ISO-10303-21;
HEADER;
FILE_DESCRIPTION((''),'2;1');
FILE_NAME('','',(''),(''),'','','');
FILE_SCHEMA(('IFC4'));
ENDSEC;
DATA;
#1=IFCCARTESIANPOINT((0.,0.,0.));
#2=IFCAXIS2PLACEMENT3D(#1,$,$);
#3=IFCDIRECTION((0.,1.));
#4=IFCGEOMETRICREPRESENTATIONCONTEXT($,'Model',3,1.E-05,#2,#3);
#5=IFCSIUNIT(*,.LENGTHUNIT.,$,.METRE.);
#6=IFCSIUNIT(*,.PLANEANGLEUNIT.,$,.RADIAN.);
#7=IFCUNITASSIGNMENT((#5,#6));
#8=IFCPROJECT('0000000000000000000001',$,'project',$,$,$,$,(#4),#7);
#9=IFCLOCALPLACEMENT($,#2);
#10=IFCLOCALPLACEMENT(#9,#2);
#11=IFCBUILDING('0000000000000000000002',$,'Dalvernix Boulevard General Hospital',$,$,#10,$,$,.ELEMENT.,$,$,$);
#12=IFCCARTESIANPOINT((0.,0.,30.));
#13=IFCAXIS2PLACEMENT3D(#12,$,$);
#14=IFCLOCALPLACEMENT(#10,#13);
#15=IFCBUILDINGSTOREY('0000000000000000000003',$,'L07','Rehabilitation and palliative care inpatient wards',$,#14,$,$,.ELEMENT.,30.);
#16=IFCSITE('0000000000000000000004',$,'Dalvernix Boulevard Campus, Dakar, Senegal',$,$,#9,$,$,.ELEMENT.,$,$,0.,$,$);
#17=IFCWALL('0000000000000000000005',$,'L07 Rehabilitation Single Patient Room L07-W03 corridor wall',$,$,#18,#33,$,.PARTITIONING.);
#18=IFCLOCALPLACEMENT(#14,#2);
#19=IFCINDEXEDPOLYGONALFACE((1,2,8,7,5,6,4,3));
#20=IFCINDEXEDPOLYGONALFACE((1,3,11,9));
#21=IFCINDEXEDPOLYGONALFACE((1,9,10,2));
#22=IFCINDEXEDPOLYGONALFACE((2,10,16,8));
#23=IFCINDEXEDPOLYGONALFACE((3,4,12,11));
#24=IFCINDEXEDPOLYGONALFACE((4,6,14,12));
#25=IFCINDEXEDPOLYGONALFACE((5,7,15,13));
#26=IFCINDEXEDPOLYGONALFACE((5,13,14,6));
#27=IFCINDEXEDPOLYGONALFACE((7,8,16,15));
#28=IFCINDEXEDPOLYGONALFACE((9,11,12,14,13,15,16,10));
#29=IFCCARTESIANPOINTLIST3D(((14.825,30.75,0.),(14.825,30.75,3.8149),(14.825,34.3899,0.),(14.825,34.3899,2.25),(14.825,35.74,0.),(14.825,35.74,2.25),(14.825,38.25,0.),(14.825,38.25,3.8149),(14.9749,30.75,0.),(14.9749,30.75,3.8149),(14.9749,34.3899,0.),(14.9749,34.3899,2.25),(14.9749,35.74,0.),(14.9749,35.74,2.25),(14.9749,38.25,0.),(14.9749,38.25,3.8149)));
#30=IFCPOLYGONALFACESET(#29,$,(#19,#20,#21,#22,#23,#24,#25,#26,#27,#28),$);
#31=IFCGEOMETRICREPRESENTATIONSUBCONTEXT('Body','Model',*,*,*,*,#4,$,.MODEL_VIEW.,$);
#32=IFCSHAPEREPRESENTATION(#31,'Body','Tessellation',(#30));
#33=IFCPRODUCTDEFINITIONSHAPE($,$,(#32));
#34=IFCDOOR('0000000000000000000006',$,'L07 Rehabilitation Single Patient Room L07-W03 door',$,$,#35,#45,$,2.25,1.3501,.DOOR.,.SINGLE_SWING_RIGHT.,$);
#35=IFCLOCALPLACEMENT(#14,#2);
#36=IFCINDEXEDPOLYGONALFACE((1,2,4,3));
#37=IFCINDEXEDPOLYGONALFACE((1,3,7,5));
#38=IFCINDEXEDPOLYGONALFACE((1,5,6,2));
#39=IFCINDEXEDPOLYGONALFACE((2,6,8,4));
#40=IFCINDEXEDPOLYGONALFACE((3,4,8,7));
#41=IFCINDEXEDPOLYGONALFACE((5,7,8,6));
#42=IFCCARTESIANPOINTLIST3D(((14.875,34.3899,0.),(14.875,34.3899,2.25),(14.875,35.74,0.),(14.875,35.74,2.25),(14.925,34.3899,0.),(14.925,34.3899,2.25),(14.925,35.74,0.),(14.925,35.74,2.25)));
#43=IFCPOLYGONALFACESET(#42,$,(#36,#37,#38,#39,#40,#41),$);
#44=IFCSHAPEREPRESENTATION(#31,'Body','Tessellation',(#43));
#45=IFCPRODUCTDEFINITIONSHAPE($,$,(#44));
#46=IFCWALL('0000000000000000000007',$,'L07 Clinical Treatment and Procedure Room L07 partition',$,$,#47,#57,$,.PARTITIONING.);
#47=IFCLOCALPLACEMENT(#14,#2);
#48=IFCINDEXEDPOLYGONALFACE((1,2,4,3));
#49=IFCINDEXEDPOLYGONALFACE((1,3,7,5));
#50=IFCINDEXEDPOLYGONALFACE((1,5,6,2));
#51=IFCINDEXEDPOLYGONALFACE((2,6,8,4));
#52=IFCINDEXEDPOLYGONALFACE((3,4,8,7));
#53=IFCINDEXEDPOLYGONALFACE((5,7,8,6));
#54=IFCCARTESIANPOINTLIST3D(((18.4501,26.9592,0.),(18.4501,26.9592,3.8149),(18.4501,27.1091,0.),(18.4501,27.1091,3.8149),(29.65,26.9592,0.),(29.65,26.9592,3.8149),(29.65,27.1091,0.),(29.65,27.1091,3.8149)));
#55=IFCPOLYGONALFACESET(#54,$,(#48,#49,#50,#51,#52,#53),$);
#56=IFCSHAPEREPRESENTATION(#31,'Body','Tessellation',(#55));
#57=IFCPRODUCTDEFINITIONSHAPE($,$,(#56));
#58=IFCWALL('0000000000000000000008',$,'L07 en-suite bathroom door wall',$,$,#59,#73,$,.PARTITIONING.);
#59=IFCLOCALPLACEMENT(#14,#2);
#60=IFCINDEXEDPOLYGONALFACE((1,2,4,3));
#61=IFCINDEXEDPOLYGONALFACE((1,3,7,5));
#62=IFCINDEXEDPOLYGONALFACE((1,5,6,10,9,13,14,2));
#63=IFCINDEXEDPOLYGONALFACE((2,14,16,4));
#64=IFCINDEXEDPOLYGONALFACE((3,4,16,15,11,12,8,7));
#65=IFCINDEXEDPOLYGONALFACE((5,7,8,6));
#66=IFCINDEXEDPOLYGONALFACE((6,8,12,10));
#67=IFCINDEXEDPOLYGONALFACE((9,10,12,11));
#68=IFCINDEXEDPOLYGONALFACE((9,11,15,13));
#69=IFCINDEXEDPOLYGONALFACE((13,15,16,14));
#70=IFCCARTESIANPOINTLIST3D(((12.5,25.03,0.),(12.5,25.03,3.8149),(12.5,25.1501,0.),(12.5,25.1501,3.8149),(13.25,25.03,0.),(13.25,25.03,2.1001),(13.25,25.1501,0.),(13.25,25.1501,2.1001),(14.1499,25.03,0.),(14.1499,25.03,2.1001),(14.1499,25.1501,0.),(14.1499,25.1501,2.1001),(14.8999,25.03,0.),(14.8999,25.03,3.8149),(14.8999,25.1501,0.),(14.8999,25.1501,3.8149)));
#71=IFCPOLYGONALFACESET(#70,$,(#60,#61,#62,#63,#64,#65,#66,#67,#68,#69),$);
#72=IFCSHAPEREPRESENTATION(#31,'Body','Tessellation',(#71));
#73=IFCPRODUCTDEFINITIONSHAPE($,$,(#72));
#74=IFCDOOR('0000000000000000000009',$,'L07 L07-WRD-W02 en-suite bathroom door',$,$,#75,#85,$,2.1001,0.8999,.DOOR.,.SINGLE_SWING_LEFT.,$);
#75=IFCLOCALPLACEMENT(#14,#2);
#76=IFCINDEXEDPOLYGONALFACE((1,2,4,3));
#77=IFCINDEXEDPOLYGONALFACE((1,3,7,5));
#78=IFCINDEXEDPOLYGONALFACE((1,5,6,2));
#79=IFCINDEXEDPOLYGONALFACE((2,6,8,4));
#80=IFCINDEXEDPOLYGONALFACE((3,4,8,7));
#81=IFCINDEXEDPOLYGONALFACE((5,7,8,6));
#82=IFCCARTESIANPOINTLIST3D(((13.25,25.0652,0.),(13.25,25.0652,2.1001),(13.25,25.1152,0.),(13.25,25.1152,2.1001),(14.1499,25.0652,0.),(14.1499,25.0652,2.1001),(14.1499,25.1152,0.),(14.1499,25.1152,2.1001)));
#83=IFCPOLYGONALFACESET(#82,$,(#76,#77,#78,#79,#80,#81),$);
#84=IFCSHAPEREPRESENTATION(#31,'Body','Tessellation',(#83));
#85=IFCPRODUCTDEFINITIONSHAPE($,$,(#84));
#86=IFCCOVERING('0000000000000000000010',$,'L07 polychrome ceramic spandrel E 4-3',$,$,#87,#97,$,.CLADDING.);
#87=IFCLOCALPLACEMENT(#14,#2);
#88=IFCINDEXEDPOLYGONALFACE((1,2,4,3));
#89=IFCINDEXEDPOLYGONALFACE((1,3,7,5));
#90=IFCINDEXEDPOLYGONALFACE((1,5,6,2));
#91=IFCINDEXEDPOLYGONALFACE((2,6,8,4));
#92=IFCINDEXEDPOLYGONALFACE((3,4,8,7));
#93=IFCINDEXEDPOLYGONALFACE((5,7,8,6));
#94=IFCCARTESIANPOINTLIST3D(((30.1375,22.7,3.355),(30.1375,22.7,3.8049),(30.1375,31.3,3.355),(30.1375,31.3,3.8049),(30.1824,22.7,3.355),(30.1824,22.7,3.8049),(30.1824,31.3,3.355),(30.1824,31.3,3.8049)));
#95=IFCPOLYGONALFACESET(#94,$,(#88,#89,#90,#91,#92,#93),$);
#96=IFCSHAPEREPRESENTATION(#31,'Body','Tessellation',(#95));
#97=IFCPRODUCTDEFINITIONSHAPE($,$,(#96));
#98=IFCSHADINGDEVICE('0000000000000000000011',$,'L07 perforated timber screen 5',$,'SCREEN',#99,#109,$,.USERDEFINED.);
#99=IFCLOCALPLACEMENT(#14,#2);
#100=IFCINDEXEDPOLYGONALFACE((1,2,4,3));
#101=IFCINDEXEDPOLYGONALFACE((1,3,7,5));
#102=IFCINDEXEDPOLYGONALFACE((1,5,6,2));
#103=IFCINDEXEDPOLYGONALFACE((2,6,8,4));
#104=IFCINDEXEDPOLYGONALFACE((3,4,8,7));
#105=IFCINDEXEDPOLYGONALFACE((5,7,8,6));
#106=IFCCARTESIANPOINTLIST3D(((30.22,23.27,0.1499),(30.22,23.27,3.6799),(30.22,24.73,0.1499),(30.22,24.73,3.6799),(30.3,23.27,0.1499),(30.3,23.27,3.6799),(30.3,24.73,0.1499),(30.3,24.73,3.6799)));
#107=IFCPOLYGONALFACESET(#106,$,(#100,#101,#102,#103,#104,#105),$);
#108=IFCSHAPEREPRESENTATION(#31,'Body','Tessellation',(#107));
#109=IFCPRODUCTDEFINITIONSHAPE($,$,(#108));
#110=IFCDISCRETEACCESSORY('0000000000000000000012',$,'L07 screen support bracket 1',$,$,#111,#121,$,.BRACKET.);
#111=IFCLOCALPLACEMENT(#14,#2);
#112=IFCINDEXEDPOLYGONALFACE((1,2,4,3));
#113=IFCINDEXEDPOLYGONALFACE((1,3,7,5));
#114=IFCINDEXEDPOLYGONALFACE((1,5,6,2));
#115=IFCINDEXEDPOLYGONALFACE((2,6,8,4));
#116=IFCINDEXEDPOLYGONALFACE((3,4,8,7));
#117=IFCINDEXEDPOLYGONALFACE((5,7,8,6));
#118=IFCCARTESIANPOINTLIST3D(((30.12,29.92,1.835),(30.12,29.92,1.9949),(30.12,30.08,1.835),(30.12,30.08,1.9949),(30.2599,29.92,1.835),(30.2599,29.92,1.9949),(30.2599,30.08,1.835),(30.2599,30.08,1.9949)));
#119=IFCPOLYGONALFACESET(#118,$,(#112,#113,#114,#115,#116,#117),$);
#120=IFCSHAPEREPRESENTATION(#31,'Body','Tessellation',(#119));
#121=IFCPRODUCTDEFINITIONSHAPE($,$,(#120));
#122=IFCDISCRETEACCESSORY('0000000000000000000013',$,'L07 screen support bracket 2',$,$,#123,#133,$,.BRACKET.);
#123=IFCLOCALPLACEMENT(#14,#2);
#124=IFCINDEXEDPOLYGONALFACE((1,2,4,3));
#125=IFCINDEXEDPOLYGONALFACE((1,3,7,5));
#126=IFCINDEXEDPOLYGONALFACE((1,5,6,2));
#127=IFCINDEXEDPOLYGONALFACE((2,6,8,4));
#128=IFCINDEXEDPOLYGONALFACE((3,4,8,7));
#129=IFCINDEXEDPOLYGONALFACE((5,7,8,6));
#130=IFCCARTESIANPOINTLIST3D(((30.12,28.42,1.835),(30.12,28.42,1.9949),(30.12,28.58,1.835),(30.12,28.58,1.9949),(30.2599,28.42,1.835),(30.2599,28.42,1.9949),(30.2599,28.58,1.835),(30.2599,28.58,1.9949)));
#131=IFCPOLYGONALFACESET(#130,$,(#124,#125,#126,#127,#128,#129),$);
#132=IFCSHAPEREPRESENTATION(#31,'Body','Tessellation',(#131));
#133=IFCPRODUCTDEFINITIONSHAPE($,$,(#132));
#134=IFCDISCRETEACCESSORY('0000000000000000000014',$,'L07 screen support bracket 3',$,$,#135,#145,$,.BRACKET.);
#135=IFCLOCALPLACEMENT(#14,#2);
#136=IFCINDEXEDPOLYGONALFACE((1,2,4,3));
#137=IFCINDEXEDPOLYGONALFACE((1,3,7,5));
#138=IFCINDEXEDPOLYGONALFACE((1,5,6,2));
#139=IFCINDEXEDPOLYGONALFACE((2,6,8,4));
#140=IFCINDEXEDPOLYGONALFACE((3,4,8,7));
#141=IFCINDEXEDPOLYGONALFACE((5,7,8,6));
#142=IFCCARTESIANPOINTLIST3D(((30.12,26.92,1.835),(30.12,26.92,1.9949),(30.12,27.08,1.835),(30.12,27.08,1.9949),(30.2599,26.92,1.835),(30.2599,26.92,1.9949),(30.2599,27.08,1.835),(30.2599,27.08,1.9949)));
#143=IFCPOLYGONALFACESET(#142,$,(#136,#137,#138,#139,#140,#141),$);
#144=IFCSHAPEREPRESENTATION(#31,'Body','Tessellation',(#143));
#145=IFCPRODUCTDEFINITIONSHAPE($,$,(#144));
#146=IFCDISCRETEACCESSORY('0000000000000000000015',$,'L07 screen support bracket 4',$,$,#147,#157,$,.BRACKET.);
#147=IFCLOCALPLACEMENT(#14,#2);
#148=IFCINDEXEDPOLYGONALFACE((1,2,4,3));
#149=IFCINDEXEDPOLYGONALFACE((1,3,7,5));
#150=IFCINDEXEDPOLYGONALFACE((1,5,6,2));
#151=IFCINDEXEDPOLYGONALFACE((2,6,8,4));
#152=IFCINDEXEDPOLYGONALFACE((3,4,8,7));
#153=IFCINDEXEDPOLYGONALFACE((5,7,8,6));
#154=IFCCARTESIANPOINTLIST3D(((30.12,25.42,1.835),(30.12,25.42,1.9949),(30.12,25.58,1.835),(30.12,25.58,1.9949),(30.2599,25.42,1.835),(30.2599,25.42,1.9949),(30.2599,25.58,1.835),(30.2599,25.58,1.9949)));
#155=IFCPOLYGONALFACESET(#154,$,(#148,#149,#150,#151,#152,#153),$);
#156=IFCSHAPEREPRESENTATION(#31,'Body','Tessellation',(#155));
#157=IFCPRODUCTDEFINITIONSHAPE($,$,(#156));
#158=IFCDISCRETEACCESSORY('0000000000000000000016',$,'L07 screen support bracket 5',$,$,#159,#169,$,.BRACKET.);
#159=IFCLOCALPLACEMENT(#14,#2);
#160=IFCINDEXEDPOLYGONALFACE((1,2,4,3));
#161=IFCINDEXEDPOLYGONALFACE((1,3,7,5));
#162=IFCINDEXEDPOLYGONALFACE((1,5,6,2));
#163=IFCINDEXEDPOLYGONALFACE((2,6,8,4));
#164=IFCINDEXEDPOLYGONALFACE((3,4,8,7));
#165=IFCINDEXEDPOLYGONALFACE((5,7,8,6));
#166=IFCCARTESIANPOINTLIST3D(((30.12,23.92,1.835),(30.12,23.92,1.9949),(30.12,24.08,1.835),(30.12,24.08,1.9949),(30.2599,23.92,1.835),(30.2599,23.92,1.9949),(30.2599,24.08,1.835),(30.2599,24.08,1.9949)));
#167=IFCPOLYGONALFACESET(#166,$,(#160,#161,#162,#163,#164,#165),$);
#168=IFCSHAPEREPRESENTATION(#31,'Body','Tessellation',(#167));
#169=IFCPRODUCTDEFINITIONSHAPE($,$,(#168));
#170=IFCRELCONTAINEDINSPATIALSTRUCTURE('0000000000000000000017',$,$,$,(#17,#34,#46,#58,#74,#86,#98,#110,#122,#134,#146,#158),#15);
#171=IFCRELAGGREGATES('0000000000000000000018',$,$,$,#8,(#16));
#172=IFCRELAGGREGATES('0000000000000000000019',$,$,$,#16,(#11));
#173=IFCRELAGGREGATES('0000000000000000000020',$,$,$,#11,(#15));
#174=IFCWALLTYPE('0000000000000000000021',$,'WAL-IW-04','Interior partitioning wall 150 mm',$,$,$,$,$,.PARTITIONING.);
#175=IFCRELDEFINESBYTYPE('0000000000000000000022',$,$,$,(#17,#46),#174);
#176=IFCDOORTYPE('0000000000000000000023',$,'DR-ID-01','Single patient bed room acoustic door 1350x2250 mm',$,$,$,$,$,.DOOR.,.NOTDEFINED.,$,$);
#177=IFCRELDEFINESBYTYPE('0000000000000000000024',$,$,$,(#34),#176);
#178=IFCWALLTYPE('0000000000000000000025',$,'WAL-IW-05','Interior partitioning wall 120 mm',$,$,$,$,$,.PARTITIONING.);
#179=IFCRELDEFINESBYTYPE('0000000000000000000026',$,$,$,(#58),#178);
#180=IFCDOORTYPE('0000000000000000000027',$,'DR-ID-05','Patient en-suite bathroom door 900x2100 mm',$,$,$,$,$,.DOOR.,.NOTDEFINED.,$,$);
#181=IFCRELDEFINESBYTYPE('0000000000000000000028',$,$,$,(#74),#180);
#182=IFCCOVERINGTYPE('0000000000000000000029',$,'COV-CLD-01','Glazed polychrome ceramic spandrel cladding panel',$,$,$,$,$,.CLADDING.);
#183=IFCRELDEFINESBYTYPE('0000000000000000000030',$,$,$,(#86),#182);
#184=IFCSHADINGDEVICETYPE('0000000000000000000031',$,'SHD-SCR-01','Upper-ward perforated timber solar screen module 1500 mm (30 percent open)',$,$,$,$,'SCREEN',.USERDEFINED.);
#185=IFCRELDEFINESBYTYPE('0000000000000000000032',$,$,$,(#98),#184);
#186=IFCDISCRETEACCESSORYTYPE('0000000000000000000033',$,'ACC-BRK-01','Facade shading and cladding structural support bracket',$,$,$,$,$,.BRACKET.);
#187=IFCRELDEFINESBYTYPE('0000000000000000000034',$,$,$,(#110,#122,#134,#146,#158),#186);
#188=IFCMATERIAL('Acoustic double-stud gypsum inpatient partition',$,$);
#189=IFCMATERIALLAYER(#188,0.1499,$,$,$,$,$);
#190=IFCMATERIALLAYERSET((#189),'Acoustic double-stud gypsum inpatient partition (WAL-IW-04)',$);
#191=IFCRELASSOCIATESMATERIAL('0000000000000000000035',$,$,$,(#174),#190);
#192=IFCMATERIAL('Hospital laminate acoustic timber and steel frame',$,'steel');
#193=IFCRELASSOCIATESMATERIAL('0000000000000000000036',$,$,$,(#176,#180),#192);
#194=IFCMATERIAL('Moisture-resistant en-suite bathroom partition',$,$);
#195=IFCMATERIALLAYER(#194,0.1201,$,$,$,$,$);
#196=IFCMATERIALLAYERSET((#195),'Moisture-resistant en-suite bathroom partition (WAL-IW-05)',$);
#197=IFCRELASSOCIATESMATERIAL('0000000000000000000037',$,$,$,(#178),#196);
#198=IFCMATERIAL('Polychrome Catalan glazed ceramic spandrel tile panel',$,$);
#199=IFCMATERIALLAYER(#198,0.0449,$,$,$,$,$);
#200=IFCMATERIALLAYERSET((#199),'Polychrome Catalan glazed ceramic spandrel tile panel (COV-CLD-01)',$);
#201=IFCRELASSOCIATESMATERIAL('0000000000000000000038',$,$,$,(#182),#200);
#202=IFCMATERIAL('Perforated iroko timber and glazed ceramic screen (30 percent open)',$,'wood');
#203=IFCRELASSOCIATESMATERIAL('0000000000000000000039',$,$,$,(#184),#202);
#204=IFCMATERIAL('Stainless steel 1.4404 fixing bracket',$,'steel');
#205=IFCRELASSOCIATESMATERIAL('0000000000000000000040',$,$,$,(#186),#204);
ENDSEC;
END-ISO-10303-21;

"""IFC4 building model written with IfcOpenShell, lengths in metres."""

from ifc_helpers import new_model, si_unit, direction, frame, frame_2d, origin, origin_2d, place, context, subcontext, project, spatial, rectangle, extrude, material, layer, layer_set, type_object, element, fill, save


model = new_model("IFC4")

# Units and contexts
model_context = context("Model", 3, precision=1e-05, world=origin(), true_north=direction((0.0, 1.0)))
body_context = subcontext(model_context, "Body", "Model", "MODEL_VIEW")
ifc_project = project(units=[si_unit("LENGTHUNIT", "METRE"), si_unit("PLANEANGLEUNIT", "RADIAN")], contexts=[model_context])

# Site, building, storey
site_placement = place(None, origin())
site = spatial("IfcSite", under=ifc_project, at=site_placement, Name="Dalvernix Boulevard Campus, Dakar, Senegal", CompositionType="ELEMENT", RefElevation=0.0)
building_placement = place(site_placement, origin())
building = spatial("IfcBuilding", under=site, at=building_placement, Name="Dalvernix Boulevard General Hospital", CompositionType="ELEMENT")
storey_placement = place(building_placement, frame((0.0, 0.0, 30.0)))
storey = spatial("IfcBuildingStorey", under=building, at=storey_placement, Name="L07", Description="Rehabilitation and palliative care inpatient wards", CompositionType="ELEMENT", Elevation=30.0)

# Wall, opening, door
ifc_material_1 = material(Name="Hospital laminate acoustic timber and steel frame", Category="steel")
ifc_material_2 = material(Name="Acoustic double-stud gypsum inpatient partition")
ifc_layer_1 = layer(ifc_material_2, 0.1499)
ifc_layer_set_1 = layer_set([ifc_layer_1], Name="Acoustic double-stud gypsum inpatient partition (WAL-IW-04)")
wall_type_1 = type_object("IfcWallType", Name="WAL-IW-04", Description="Interior partitioning wall 150 mm", PredefinedType="PARTITIONING", material=ifc_layer_set_1)
wall_1_placement = place(storey_placement, frame((14.8999, 30.75, 0.0), z_axis=(0.0, 0.0, 1.0), x_axis=(0.0, 1.0, 0.0)))
wall_1 = element("IfcWall", 1, at=wall_1_placement, inside=storey, type_object=wall_type_1, Name="L07 Rehabilitation Single Patient Room L07-W03 corridor wall", PredefinedType="PARTITIONING", context=body_context, shape_type="SweptSolid", body=[
    extrude(rectangle(XDim=7.5, YDim=0.1499, at=frame_2d((3.75, 0.0))), origin(), (0.0, 0.0, 1.0), 3.8149),
])
opening_1_placement = place(wall_1_placement, frame((3.6399, 0.0, 0.0)))
opening_1 = element("IfcOpeningElement", 2, at=opening_1_placement, cuts=wall_1, PredefinedType="OPENING", context=body_context, shape_type="SweptSolid", body=[
    extrude(rectangle(XDim=1.3501, YDim=2.25, at=frame_2d((0.675, 1.125))), frame((0.0, 0.085, 0.0), z_axis=(0.0, -1.0, 0.0), x_axis=(1.0, 0.0, 0.0)), (0.0, 0.0, 1.0), 0.1699),
])
door_type_1 = type_object("IfcDoorType", Name="DR-ID-01", Description="Single patient bed room acoustic door 1350x2250 mm", OperationType="NOTDEFINED", PredefinedType="DOOR", material=ifc_material_1)
door_1_placement = place(opening_1_placement, origin())
door_1 = element("IfcDoor", 3, at=door_1_placement, inside=storey, type_object=door_type_1, Name="L07 Rehabilitation Single Patient Room L07-W03 door", OperationType="SINGLE_SWING_RIGHT", OverallHeight=2.25, OverallWidth=1.3501, PredefinedType="DOOR", context=body_context, shape_type="SweptSolid", body=[
    extrude(rectangle(XDim=1.3501, YDim=2.25, at=frame_2d((0.675, 1.125))), frame((0.0, 0.0249, 0.0), z_axis=(0.0, -1.0, 0.0), x_axis=(1.0, 0.0, 0.0)), (0.0, 0.0, 1.0), 0.05),
])
fill(opening_1, door_1)

# Wall
wall_2_placement = place(storey_placement, frame((18.45, 27.0342, 0.0), z_axis=(0.0, 0.0, 1.0), x_axis=(1.0, 0.0, 0.0)))
element("IfcWall", 4, at=wall_2_placement, inside=storey, type_object=wall_type_1, Name="L07 Clinical Treatment and Procedure Room L07 partition", PredefinedType="PARTITIONING", context=body_context, shape_type="SweptSolid", body=[
    extrude(rectangle(XDim=11.2, YDim=0.1499, at=frame_2d((5.6001, 0.0))), origin(), (0.0, 0.0, 1.0), 3.8149),
])

# Wall, opening, door
ifc_material_3 = material(Name="Moisture-resistant en-suite bathroom partition")
ifc_layer_2 = layer(ifc_material_3, 0.1201)
ifc_layer_set_2 = layer_set([ifc_layer_2], Name="Moisture-resistant en-suite bathroom partition (WAL-IW-05)")
wall_type_2 = type_object("IfcWallType", Name="WAL-IW-05", Description="Interior partitioning wall 120 mm", PredefinedType="PARTITIONING", material=ifc_layer_set_2)
wall_3_placement = place(storey_placement, frame((14.8999, 25.0901, 0.0), z_axis=(0.0, 0.0, 1.0), x_axis=(-1.0, 0.0, 0.0)))
wall_3 = element("IfcWall", 5, at=wall_3_placement, inside=storey, type_object=wall_type_2, Name="L07 en-suite bathroom door wall", PredefinedType="PARTITIONING", context=body_context, shape_type="SweptSolid", body=[
    extrude(rectangle(XDim=2.3999, YDim=0.1201, at=frame_2d((1.2, 0.0))), origin(), (0.0, 0.0, 1.0), 3.8149),
])
opening_2_placement = place(wall_3_placement, frame((0.75, 0.0, 0.0)))
opening_2 = element("IfcOpeningElement", 6, at=opening_2_placement, cuts=wall_3, PredefinedType="OPENING", context=body_context, shape_type="SweptSolid", body=[
    extrude(rectangle(XDim=0.8999, YDim=2.1001, at=frame_2d((0.45, 1.05))), frame((0.0, 0.0701, 0.0), z_axis=(0.0, -1.0, 0.0), x_axis=(1.0, 0.0, 0.0)), (0.0, 0.0, 1.0), 0.1401),
])
door_type_2 = type_object("IfcDoorType", Name="DR-ID-05", Description="Patient en-suite bathroom door 900x2100 mm", OperationType="NOTDEFINED", PredefinedType="DOOR", material=ifc_material_1)
door_2_placement = place(opening_2_placement, origin())
door_2 = element("IfcDoor", 7, at=door_2_placement, inside=storey, type_object=door_type_2, Name="L07 L07-WRD-W02 en-suite bathroom door", OperationType="SINGLE_SWING_LEFT", OverallHeight=2.1001, OverallWidth=0.8999, PredefinedType="DOOR", context=body_context, shape_type="SweptSolid", body=[
    extrude(rectangle(XDim=0.8999, YDim=2.1001, at=frame_2d((0.45, 1.05))), frame((0.0, 0.0249, 0.0), z_axis=(0.0, -1.0, 0.0), x_axis=(1.0, 0.0, 0.0)), (0.0, 0.0, 1.0), 0.05),
])
fill(opening_2, door_2)

# Covering
ifc_material_4 = material(Name="Polychrome Catalan glazed ceramic spandrel tile panel")
ifc_layer_3 = layer(ifc_material_4, 0.0449)
ifc_layer_set_3 = layer_set([ifc_layer_3], Name="Polychrome Catalan glazed ceramic spandrel tile panel (COV-CLD-01)")
covering_type = type_object("IfcCoveringType", Name="COV-CLD-01", Description="Glazed polychrome ceramic spandrel cladding panel", PredefinedType="CLADDING", material=ifc_layer_set_3)
covering_placement = place(storey_placement, frame((30.1599, 27.0, 3.355), z_axis=(0.0, 0.0, 1.0), x_axis=(0.0, -1.0, 0.0)))
element("IfcCovering", 8, at=covering_placement, inside=storey, type_object=covering_type, Name="L07 polychrome ceramic spandrel E 4-3", PredefinedType="CLADDING", context=body_context, shape_type="SweptSolid", body=[
    extrude(rectangle(XDim=8.6001, YDim=0.0449, at=origin_2d()), origin(), (0.0, 0.0, 1.0), 0.45),
])

# Shading device
ifc_material_5 = material(Name="Perforated iroko timber and glazed ceramic screen (30 percent open)", Category="wood")
shading_device_type = type_object("IfcShadingDeviceType", Name="SHD-SCR-01", Description="Upper-ward perforated timber solar screen module 1500 mm (30 percent open)", ElementType="SCREEN", PredefinedType="USERDEFINED", material=ifc_material_5)
shading_device_placement = place(storey_placement, frame((30.26, 24.0, 0.1499), z_axis=(0.0, 0.0, 1.0), x_axis=(0.0, -1.0, 0.0)))
element("IfcShadingDevice", 9, at=shading_device_placement, inside=storey, type_object=shading_device_type, Name="L07 perforated timber screen 5", ObjectType="SCREEN", PredefinedType="USERDEFINED", context=body_context, shape_type="SweptSolid", body=[
    extrude(rectangle(XDim=1.46, YDim=0.0801, at=origin_2d()), origin(), (0.0, 0.0, 1.0), 3.53),
])

# Discrete accessories
ifc_material_6 = material(Name="Stainless steel 1.4404 fixing bracket", Category="steel")
discrete_accessory_type = type_object("IfcDiscreteAccessoryType", Name="ACC-BRK-01", Description="Facade shading and cladding structural support bracket", PredefinedType="BRACKET", material=ifc_material_6)
for number, where, z_axis, x_axis, name in (
    (10, (30.1899, 30.0, 1.835), (0.0, 0.0, 1.0), (0.0, -1.0, 0.0), "L07 screen support bracket 1"),
    (11, (30.1899, 28.5, 1.835), (0.0, 0.0, 1.0), (0.0, -1.0, 0.0), "L07 screen support bracket 2"),
    (12, (30.1899, 27.0, 1.835), (0.0, 0.0, 1.0), (0.0, -1.0, 0.0), "L07 screen support bracket 3"),
    (13, (30.1899, 25.5, 1.835), (0.0, 0.0, 1.0), (0.0, -1.0, 0.0), "L07 screen support bracket 4"),
    (14, (30.1899, 24.0, 1.835), (0.0, 0.0, 1.0), (0.0, -1.0, 0.0), "L07 screen support bracket 5"),
):
    element("IfcDiscreteAccessory", number, at=place(storey_placement, frame(where, z_axis=z_axis, x_axis=x_axis)), inside=storey, type_object=discrete_accessory_type, Name=name, PredefinedType="BRACKET", context=body_context, shape_type="SweptSolid", body=[
        extrude(rectangle(XDim=0.1599, YDim=0.1399, at=origin_2d()), origin(), (0.0, 0.0, 1.0), 0.1599),
    ])

save(model, "model.ifc")
